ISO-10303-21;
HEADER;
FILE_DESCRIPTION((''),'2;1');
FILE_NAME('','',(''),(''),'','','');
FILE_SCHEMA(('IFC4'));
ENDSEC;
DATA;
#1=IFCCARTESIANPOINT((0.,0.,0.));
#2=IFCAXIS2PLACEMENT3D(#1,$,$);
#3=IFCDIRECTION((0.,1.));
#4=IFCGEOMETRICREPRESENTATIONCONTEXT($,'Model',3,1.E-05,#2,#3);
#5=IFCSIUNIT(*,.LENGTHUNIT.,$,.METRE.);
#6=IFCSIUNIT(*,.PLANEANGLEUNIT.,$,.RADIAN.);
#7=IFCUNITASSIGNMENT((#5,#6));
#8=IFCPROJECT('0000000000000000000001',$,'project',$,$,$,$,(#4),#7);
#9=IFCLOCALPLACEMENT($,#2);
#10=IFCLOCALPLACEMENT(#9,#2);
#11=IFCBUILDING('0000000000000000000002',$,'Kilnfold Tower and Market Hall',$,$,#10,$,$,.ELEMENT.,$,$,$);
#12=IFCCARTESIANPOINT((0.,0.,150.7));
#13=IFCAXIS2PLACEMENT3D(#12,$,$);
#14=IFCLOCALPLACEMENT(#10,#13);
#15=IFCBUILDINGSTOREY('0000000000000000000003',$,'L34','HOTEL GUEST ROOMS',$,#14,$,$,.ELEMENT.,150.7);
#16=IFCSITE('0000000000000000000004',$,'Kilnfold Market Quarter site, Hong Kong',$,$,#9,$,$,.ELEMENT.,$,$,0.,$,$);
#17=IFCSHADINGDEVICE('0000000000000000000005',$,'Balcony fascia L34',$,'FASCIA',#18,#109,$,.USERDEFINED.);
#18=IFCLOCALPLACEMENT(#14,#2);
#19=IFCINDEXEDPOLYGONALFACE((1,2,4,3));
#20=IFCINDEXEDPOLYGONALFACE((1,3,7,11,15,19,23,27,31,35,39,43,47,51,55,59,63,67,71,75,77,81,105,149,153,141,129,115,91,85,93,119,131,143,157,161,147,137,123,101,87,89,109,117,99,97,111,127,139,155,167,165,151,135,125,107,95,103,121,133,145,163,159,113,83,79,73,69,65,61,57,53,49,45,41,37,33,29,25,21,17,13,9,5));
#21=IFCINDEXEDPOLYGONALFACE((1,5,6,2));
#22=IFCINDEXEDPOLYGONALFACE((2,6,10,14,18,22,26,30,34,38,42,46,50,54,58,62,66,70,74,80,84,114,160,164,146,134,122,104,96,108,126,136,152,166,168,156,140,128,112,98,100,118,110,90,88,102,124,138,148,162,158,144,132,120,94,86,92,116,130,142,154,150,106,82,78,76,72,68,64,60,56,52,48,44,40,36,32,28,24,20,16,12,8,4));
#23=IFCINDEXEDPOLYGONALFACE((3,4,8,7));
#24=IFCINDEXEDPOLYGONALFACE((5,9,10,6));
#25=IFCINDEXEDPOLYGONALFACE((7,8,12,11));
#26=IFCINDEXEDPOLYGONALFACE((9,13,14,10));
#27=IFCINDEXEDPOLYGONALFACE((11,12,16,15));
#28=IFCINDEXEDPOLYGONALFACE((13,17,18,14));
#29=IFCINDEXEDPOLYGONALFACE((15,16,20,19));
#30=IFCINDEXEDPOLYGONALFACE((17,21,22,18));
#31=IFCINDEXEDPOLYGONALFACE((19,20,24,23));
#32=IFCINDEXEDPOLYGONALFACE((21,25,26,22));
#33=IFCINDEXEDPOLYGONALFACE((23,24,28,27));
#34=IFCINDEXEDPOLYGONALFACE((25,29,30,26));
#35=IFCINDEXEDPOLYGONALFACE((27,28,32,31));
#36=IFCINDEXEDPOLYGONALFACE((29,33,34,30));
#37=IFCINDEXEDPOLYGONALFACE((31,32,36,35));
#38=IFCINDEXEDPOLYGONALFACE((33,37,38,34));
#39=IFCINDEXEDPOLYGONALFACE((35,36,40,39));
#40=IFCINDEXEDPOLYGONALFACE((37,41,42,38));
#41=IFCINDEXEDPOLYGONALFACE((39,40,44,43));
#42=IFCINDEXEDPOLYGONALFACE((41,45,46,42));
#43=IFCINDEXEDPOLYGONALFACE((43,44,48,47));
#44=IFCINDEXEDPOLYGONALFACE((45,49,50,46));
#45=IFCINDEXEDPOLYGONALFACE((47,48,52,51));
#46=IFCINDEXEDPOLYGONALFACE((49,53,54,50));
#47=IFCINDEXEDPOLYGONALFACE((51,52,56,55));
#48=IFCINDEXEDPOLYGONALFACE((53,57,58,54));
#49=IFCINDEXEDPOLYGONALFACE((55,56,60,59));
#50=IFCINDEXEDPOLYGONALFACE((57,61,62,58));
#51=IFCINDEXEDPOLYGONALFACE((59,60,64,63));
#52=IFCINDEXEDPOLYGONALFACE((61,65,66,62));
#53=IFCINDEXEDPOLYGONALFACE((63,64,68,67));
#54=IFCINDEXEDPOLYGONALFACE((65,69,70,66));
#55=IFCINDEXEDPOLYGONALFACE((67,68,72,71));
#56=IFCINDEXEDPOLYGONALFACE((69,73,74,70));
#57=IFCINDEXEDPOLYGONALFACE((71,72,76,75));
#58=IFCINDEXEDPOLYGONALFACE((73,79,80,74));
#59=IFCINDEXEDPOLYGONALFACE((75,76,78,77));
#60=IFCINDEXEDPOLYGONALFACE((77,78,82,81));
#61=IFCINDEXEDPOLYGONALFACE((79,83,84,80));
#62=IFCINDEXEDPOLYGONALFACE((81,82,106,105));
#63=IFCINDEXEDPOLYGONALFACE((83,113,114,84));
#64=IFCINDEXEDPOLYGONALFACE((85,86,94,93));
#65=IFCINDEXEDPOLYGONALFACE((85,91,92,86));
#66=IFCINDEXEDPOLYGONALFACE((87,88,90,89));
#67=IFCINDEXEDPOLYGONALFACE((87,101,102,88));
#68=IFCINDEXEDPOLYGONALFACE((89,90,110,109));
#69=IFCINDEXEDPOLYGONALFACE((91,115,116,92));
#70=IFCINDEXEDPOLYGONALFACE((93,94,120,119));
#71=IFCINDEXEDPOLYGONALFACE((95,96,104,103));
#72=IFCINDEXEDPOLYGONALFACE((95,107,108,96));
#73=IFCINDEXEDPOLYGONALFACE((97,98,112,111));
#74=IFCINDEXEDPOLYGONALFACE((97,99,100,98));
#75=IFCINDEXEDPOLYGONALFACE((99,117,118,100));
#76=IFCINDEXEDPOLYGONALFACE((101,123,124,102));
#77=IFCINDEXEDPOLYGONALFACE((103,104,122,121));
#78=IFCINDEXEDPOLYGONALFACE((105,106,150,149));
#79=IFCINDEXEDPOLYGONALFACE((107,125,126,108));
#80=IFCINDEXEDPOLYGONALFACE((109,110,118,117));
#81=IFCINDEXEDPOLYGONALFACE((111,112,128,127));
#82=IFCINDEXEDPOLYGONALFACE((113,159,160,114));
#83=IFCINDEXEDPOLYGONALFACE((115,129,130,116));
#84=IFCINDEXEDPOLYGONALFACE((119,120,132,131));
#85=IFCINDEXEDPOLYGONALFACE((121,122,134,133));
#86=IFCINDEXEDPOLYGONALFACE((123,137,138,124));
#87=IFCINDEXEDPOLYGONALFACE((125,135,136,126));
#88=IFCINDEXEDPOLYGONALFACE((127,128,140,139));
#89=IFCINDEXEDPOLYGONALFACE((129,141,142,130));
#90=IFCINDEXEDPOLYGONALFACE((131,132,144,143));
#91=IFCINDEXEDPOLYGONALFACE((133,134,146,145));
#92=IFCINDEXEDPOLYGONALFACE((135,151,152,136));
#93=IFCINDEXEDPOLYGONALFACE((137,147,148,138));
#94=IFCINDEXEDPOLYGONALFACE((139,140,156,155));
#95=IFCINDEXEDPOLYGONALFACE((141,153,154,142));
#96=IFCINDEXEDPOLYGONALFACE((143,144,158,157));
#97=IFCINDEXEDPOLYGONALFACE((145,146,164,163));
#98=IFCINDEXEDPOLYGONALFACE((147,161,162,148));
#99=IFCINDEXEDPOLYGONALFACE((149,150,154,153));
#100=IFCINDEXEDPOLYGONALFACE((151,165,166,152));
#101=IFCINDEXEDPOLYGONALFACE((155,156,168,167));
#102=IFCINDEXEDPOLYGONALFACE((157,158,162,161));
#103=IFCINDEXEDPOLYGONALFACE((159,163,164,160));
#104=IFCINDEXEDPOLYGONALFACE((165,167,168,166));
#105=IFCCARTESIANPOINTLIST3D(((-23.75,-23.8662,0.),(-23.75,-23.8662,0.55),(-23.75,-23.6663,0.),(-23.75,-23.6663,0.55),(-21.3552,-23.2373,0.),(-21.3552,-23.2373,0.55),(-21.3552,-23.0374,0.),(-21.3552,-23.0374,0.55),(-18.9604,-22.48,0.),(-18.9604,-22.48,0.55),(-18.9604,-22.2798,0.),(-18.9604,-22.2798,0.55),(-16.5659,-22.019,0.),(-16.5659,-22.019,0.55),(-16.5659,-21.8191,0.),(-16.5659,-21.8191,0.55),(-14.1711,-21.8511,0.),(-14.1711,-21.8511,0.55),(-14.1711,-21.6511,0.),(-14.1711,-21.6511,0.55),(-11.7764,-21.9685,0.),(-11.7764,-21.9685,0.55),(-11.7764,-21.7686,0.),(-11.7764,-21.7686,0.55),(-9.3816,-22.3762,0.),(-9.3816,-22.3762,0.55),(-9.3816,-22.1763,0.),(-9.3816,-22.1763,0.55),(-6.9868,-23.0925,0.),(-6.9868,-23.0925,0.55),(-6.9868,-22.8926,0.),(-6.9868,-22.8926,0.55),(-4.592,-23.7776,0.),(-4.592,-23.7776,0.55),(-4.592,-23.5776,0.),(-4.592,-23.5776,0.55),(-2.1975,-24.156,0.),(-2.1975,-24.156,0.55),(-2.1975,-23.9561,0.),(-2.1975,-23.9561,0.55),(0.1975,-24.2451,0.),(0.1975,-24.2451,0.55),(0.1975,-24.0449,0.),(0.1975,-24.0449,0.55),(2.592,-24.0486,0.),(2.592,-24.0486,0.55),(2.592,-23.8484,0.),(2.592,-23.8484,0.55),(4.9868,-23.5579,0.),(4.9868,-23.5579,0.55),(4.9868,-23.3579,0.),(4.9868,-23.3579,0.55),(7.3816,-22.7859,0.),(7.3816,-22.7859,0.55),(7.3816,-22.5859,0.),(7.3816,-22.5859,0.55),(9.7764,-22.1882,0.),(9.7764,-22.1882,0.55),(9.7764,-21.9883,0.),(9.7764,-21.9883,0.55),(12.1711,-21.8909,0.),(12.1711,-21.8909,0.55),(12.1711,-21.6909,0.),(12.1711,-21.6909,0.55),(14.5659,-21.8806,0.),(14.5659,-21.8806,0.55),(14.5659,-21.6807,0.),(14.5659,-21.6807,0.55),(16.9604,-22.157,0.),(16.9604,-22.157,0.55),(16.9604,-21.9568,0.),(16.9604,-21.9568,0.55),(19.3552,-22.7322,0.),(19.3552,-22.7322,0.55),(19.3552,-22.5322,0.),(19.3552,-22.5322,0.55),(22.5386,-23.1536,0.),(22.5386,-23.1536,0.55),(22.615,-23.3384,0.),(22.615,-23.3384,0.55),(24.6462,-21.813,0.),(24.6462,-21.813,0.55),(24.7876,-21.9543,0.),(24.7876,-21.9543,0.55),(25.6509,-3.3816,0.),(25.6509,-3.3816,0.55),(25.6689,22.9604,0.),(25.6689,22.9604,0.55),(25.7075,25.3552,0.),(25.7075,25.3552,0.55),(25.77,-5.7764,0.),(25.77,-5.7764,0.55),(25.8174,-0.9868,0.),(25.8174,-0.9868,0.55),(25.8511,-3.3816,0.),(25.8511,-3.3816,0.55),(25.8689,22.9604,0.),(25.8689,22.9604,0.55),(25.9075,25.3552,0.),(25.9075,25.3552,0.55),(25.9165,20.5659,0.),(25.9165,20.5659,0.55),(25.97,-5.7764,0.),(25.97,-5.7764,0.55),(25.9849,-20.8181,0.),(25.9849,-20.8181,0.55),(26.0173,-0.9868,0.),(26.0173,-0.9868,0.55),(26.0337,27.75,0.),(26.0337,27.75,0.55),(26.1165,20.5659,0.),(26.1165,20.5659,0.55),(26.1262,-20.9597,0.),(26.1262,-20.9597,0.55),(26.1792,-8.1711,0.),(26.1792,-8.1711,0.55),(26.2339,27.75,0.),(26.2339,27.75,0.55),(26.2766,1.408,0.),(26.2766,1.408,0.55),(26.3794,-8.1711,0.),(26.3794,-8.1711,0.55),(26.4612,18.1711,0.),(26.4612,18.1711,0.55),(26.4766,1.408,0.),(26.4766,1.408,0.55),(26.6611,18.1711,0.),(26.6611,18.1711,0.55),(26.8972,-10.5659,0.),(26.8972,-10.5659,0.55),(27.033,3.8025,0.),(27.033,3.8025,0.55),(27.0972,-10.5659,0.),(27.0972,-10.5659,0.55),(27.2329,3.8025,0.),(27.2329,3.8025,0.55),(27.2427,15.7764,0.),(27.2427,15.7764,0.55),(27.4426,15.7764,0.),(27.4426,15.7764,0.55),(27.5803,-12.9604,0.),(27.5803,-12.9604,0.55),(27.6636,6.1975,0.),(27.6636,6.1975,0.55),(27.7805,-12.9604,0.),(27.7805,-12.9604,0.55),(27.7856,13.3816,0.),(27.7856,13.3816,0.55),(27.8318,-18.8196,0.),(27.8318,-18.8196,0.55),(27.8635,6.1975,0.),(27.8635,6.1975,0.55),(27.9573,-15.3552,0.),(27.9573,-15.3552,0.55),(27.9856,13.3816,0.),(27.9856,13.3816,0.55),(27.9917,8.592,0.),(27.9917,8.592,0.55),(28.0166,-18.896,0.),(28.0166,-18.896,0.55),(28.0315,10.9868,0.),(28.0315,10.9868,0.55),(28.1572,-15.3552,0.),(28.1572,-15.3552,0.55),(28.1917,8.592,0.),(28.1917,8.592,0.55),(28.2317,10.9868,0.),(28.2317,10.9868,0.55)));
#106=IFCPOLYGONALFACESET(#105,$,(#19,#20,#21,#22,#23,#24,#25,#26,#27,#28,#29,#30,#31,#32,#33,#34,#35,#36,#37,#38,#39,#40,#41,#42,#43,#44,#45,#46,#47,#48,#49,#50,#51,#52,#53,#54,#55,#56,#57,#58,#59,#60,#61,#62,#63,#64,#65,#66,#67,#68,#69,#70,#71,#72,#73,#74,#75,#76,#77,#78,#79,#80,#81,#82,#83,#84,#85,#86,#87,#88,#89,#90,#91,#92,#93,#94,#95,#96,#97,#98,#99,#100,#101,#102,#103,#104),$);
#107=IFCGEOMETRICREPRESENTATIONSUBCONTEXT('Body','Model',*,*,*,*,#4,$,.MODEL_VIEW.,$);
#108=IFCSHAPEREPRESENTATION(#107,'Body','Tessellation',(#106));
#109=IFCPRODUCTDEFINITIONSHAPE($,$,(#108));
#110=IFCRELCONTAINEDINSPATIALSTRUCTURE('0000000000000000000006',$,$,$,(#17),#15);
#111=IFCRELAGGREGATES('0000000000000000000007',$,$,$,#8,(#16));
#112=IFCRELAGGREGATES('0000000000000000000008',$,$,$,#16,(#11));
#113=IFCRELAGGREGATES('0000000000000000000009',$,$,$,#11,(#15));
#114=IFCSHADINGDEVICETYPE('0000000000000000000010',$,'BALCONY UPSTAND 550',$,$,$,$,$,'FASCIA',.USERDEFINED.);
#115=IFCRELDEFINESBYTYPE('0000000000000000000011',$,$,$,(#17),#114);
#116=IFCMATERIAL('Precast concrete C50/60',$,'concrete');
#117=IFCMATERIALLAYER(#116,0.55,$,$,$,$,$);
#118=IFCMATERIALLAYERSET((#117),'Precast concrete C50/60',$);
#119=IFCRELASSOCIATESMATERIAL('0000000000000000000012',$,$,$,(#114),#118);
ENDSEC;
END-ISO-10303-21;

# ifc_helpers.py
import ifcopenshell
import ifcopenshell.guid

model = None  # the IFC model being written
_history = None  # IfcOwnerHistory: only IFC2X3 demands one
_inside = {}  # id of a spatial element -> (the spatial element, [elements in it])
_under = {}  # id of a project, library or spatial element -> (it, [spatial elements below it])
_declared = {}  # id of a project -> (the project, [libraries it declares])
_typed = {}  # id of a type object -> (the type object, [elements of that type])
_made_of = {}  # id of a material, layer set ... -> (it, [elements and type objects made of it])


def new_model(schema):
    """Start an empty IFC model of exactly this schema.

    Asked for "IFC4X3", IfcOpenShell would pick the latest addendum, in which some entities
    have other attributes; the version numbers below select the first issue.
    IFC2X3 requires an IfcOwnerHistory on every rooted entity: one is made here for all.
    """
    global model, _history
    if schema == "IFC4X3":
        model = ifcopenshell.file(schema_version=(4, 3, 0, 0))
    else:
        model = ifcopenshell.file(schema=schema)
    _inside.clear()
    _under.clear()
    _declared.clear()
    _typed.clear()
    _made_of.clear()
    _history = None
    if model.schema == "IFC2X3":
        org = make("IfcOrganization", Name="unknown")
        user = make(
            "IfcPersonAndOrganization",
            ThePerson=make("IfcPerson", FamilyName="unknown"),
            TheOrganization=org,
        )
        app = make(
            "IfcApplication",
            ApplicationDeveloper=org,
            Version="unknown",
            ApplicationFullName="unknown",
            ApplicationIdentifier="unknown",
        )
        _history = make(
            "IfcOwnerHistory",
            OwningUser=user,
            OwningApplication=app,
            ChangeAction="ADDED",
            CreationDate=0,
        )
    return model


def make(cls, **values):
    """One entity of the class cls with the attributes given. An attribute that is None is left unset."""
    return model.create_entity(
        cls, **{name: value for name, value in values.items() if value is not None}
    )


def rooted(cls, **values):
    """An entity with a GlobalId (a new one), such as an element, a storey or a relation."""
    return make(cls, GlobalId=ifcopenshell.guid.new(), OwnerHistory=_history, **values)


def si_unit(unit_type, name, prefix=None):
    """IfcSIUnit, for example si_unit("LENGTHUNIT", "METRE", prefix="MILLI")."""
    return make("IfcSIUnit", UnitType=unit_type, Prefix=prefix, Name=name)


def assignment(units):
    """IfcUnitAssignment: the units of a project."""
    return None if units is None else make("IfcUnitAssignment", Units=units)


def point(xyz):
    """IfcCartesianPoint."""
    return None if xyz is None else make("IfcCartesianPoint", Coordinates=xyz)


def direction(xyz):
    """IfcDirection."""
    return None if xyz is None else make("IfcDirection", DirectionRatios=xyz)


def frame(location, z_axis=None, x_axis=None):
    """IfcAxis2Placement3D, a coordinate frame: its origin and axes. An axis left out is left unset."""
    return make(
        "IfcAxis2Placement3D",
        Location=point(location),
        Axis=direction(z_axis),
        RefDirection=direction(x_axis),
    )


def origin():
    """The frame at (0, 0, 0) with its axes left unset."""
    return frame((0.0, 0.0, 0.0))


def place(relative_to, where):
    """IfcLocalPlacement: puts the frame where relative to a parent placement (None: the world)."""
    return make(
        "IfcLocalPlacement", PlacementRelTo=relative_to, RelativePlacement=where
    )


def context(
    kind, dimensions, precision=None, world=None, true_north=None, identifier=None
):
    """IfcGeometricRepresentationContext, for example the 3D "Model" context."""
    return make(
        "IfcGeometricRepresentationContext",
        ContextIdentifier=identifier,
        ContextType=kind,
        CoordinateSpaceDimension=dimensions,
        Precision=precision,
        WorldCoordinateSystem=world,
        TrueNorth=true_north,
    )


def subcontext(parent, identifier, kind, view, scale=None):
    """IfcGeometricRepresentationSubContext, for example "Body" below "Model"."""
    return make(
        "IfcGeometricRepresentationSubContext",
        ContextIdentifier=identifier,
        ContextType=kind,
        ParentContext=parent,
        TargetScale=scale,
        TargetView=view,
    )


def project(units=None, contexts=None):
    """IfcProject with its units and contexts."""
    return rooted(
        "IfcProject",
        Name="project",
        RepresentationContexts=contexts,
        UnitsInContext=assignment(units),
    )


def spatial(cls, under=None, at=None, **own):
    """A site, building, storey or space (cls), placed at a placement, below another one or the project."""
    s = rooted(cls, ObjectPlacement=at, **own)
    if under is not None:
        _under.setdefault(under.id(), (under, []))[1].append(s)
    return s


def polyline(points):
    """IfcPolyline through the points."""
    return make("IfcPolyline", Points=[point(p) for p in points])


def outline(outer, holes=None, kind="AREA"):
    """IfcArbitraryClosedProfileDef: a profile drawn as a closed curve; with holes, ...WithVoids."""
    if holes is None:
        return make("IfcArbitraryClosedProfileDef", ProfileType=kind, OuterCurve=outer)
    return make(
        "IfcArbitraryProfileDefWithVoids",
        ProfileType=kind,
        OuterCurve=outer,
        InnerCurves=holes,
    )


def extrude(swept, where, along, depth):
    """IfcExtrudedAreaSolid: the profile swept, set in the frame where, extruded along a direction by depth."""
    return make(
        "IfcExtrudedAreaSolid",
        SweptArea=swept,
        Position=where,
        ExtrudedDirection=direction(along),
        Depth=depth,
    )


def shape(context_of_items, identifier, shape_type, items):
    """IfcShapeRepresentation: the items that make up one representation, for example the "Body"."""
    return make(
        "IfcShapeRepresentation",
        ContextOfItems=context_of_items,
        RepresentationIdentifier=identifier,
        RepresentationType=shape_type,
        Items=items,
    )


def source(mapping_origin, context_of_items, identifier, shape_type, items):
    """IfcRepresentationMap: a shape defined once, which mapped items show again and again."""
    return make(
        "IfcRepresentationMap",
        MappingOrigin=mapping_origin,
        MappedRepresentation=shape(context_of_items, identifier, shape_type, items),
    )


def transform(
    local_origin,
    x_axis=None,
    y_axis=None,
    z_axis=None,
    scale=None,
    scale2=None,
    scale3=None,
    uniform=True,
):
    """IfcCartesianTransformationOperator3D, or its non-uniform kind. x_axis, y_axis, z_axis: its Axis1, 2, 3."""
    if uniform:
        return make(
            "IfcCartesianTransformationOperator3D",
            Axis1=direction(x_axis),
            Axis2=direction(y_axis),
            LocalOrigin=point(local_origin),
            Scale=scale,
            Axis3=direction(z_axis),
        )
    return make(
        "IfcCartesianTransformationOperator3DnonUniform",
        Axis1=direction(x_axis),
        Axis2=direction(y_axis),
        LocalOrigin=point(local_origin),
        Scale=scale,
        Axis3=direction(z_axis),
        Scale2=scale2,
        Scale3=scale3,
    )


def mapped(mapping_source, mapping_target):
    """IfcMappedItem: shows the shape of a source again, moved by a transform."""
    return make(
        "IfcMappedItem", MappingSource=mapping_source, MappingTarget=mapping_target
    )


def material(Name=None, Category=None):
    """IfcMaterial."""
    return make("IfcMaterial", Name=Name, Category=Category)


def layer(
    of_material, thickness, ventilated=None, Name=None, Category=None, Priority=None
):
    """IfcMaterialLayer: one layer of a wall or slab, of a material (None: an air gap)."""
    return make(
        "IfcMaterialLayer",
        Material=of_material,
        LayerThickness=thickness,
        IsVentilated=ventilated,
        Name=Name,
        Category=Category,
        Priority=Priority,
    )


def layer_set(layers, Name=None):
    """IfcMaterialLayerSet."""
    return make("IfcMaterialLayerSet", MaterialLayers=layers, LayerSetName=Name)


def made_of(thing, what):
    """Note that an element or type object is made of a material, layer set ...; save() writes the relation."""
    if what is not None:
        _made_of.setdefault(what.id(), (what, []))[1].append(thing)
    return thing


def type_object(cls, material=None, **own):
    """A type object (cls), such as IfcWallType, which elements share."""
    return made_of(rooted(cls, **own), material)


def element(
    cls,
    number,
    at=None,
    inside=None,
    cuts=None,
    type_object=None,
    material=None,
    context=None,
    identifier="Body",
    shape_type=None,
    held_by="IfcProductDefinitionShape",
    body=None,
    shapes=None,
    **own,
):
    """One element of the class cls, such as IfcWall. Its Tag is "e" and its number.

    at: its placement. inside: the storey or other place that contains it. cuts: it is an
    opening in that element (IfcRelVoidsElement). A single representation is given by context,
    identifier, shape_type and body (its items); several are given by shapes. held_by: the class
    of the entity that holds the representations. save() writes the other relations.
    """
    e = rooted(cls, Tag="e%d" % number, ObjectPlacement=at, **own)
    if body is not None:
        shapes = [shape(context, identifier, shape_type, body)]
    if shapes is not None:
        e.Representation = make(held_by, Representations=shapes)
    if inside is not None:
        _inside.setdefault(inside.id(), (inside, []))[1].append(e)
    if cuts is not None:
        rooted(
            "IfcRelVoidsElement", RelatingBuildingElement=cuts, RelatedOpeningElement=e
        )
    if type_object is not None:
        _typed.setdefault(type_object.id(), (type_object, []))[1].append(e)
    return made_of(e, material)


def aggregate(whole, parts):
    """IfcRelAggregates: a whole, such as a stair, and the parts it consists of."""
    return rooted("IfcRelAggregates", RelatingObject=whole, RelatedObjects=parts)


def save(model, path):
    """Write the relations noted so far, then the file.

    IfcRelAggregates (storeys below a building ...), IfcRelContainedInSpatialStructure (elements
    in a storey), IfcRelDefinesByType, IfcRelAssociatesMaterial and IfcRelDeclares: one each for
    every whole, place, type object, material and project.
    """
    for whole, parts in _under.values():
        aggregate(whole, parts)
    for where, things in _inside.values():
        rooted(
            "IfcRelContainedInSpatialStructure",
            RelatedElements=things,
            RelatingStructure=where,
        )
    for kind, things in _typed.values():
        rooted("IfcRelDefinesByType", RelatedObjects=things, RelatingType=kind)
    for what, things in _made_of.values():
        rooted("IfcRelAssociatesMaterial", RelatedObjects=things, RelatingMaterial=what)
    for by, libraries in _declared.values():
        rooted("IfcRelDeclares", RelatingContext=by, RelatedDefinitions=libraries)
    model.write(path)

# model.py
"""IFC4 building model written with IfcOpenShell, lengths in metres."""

from ifc_helpers import new_model, si_unit, direction, frame, origin, place, context, subcontext, project, spatial, polyline, outline, extrude, source, transform, mapped, material, layer, layer_set, type_object, element, save


model = new_model("IFC4")

# Units and contexts
model_context = context("Model", 3, precision=1e-05, world=origin(), true_north=direction((0.0, 1.0)))
body_context = subcontext(model_context, "Body", "Model", "MODEL_VIEW")
ifc_project = project(units=[si_unit("LENGTHUNIT", "METRE"), si_unit("PLANEANGLEUNIT", "RADIAN")], contexts=[model_context])

# Site, building, storey
site_placement = place(None, origin())
site = spatial("IfcSite", under=ifc_project, at=site_placement, Name="Kilnfold Market Quarter site, Hong Kong", CompositionType="ELEMENT", RefElevation=0.0)
building_placement = place(site_placement, origin())
building = spatial("IfcBuilding", under=site, at=building_placement, Name="Kilnfold Tower and Market Hall", CompositionType="ELEMENT")
storey_placement = place(building_placement, frame((0.0, 0.0, 150.7)))
storey = spatial("IfcBuildingStorey", under=building, at=storey_placement, Name="L34", Description="HOTEL GUEST ROOMS", CompositionType="ELEMENT", Elevation=150.7)

# Shading device
ifc_material_1 = material(Name="Precast concrete C50/60", Category="concrete")
ifc_layer_1 = layer(ifc_material_1, 0.55)
ifc_layer_set_1 = layer_set([ifc_layer_1], Name="Precast concrete C50/60")
shading_device_type = type_object("IfcShadingDeviceType", Name="BALCONY UPSTAND 550", ElementType="FASCIA", PredefinedType="USERDEFINED", material=ifc_layer_set_1)
shared_shape_1 = source(origin(), body_context, "Body", "SweptSolid", [
    extrude(outline(polyline([(-23.75, -23.8662), (-21.3552, -23.2373), (-18.9604, -22.48), (-16.5659, -22.019), (-14.1711, -21.8511), (-11.7764, -21.9685), (-9.3816, -22.3762), (-6.9868, -23.0925), (-4.592, -23.7776), (-2.1975, -24.156), (0.1975, -24.2451), (2.592, -24.0486), (4.9868, -23.5579), (7.3816, -22.7859), (9.7764, -22.1882), (12.1711, -21.8909), (14.5659, -21.8806), (16.9604, -22.157), (19.3552, -22.7322), (22.615, -23.3384), (24.7876, -21.9543), (26.1262, -20.9597), (28.0166, -18.896), (28.1572, -15.3552), (27.7805, -12.9604), (27.0972, -10.5659), (26.3794, -8.1711), (25.97, -5.7764), (25.8511, -3.3816), (26.0173, -0.9868), (26.4766, 1.408), (27.2329, 3.8025), (27.8635, 6.1975), (28.1917, 8.592), (28.2317, 10.9868), (27.9856, 13.3816), (27.4426, 15.7764), (26.6611, 18.1711), (26.1165, 20.5659), (25.8689, 22.9604), (25.9075, 25.3552), (26.2339, 27.75), (26.0337, 27.75), (25.7075, 25.3552), (25.6689, 22.9604), (25.9165, 20.5659), (26.4612, 18.1711), (27.2427, 15.7764), (27.7856, 13.3816), (28.0315, 10.9868), (27.9917, 8.592), (27.6636, 6.1975), (27.033, 3.8025), (26.2766, 1.408), (25.8174, -0.9868), (25.6509, -3.3816), (25.77, -5.7764), (26.1792, -8.1711), (26.8972, -10.5659), (27.5803, -12.9604), (27.9573, -15.3552), (27.8318, -18.8196), (25.9849, -20.8181), (24.6462, -21.813), (22.5386, -23.1536), (19.3552, -22.5322), (16.9604, -21.9568), (14.5659, -21.6807), (12.1711, -21.6909), (9.7764, -21.9883), (7.3816, -22.5859), (4.9868, -23.3579), (2.592, -23.8484), (0.1975, -24.0449), (-2.1975, -23.9561), (-4.592, -23.5776), (-6.9868, -22.8926), (-9.3816, -22.1763), (-11.7764, -21.7686), (-14.1711, -21.6511), (-16.5659, -21.8191), (-18.9604, -22.2798), (-21.3552, -23.0374), (-23.75, -23.6663), (-23.75, -23.8662)])), origin(), (0.0, 0.0, 1.0), 0.55),
])
shading_device_placement = place(storey_placement, origin())
element("IfcShadingDevice", 1, at=shading_device_placement, inside=storey, type_object=shading_device_type, Name="Balcony fascia L34", ObjectType="FASCIA", PredefinedType="USERDEFINED", context=body_context, shape_type="MappedRepresentation", body=[
    mapped(shared_shape_1, transform((0.0, 0.0, 0.0))),
])

save(model, "model.ifc")
